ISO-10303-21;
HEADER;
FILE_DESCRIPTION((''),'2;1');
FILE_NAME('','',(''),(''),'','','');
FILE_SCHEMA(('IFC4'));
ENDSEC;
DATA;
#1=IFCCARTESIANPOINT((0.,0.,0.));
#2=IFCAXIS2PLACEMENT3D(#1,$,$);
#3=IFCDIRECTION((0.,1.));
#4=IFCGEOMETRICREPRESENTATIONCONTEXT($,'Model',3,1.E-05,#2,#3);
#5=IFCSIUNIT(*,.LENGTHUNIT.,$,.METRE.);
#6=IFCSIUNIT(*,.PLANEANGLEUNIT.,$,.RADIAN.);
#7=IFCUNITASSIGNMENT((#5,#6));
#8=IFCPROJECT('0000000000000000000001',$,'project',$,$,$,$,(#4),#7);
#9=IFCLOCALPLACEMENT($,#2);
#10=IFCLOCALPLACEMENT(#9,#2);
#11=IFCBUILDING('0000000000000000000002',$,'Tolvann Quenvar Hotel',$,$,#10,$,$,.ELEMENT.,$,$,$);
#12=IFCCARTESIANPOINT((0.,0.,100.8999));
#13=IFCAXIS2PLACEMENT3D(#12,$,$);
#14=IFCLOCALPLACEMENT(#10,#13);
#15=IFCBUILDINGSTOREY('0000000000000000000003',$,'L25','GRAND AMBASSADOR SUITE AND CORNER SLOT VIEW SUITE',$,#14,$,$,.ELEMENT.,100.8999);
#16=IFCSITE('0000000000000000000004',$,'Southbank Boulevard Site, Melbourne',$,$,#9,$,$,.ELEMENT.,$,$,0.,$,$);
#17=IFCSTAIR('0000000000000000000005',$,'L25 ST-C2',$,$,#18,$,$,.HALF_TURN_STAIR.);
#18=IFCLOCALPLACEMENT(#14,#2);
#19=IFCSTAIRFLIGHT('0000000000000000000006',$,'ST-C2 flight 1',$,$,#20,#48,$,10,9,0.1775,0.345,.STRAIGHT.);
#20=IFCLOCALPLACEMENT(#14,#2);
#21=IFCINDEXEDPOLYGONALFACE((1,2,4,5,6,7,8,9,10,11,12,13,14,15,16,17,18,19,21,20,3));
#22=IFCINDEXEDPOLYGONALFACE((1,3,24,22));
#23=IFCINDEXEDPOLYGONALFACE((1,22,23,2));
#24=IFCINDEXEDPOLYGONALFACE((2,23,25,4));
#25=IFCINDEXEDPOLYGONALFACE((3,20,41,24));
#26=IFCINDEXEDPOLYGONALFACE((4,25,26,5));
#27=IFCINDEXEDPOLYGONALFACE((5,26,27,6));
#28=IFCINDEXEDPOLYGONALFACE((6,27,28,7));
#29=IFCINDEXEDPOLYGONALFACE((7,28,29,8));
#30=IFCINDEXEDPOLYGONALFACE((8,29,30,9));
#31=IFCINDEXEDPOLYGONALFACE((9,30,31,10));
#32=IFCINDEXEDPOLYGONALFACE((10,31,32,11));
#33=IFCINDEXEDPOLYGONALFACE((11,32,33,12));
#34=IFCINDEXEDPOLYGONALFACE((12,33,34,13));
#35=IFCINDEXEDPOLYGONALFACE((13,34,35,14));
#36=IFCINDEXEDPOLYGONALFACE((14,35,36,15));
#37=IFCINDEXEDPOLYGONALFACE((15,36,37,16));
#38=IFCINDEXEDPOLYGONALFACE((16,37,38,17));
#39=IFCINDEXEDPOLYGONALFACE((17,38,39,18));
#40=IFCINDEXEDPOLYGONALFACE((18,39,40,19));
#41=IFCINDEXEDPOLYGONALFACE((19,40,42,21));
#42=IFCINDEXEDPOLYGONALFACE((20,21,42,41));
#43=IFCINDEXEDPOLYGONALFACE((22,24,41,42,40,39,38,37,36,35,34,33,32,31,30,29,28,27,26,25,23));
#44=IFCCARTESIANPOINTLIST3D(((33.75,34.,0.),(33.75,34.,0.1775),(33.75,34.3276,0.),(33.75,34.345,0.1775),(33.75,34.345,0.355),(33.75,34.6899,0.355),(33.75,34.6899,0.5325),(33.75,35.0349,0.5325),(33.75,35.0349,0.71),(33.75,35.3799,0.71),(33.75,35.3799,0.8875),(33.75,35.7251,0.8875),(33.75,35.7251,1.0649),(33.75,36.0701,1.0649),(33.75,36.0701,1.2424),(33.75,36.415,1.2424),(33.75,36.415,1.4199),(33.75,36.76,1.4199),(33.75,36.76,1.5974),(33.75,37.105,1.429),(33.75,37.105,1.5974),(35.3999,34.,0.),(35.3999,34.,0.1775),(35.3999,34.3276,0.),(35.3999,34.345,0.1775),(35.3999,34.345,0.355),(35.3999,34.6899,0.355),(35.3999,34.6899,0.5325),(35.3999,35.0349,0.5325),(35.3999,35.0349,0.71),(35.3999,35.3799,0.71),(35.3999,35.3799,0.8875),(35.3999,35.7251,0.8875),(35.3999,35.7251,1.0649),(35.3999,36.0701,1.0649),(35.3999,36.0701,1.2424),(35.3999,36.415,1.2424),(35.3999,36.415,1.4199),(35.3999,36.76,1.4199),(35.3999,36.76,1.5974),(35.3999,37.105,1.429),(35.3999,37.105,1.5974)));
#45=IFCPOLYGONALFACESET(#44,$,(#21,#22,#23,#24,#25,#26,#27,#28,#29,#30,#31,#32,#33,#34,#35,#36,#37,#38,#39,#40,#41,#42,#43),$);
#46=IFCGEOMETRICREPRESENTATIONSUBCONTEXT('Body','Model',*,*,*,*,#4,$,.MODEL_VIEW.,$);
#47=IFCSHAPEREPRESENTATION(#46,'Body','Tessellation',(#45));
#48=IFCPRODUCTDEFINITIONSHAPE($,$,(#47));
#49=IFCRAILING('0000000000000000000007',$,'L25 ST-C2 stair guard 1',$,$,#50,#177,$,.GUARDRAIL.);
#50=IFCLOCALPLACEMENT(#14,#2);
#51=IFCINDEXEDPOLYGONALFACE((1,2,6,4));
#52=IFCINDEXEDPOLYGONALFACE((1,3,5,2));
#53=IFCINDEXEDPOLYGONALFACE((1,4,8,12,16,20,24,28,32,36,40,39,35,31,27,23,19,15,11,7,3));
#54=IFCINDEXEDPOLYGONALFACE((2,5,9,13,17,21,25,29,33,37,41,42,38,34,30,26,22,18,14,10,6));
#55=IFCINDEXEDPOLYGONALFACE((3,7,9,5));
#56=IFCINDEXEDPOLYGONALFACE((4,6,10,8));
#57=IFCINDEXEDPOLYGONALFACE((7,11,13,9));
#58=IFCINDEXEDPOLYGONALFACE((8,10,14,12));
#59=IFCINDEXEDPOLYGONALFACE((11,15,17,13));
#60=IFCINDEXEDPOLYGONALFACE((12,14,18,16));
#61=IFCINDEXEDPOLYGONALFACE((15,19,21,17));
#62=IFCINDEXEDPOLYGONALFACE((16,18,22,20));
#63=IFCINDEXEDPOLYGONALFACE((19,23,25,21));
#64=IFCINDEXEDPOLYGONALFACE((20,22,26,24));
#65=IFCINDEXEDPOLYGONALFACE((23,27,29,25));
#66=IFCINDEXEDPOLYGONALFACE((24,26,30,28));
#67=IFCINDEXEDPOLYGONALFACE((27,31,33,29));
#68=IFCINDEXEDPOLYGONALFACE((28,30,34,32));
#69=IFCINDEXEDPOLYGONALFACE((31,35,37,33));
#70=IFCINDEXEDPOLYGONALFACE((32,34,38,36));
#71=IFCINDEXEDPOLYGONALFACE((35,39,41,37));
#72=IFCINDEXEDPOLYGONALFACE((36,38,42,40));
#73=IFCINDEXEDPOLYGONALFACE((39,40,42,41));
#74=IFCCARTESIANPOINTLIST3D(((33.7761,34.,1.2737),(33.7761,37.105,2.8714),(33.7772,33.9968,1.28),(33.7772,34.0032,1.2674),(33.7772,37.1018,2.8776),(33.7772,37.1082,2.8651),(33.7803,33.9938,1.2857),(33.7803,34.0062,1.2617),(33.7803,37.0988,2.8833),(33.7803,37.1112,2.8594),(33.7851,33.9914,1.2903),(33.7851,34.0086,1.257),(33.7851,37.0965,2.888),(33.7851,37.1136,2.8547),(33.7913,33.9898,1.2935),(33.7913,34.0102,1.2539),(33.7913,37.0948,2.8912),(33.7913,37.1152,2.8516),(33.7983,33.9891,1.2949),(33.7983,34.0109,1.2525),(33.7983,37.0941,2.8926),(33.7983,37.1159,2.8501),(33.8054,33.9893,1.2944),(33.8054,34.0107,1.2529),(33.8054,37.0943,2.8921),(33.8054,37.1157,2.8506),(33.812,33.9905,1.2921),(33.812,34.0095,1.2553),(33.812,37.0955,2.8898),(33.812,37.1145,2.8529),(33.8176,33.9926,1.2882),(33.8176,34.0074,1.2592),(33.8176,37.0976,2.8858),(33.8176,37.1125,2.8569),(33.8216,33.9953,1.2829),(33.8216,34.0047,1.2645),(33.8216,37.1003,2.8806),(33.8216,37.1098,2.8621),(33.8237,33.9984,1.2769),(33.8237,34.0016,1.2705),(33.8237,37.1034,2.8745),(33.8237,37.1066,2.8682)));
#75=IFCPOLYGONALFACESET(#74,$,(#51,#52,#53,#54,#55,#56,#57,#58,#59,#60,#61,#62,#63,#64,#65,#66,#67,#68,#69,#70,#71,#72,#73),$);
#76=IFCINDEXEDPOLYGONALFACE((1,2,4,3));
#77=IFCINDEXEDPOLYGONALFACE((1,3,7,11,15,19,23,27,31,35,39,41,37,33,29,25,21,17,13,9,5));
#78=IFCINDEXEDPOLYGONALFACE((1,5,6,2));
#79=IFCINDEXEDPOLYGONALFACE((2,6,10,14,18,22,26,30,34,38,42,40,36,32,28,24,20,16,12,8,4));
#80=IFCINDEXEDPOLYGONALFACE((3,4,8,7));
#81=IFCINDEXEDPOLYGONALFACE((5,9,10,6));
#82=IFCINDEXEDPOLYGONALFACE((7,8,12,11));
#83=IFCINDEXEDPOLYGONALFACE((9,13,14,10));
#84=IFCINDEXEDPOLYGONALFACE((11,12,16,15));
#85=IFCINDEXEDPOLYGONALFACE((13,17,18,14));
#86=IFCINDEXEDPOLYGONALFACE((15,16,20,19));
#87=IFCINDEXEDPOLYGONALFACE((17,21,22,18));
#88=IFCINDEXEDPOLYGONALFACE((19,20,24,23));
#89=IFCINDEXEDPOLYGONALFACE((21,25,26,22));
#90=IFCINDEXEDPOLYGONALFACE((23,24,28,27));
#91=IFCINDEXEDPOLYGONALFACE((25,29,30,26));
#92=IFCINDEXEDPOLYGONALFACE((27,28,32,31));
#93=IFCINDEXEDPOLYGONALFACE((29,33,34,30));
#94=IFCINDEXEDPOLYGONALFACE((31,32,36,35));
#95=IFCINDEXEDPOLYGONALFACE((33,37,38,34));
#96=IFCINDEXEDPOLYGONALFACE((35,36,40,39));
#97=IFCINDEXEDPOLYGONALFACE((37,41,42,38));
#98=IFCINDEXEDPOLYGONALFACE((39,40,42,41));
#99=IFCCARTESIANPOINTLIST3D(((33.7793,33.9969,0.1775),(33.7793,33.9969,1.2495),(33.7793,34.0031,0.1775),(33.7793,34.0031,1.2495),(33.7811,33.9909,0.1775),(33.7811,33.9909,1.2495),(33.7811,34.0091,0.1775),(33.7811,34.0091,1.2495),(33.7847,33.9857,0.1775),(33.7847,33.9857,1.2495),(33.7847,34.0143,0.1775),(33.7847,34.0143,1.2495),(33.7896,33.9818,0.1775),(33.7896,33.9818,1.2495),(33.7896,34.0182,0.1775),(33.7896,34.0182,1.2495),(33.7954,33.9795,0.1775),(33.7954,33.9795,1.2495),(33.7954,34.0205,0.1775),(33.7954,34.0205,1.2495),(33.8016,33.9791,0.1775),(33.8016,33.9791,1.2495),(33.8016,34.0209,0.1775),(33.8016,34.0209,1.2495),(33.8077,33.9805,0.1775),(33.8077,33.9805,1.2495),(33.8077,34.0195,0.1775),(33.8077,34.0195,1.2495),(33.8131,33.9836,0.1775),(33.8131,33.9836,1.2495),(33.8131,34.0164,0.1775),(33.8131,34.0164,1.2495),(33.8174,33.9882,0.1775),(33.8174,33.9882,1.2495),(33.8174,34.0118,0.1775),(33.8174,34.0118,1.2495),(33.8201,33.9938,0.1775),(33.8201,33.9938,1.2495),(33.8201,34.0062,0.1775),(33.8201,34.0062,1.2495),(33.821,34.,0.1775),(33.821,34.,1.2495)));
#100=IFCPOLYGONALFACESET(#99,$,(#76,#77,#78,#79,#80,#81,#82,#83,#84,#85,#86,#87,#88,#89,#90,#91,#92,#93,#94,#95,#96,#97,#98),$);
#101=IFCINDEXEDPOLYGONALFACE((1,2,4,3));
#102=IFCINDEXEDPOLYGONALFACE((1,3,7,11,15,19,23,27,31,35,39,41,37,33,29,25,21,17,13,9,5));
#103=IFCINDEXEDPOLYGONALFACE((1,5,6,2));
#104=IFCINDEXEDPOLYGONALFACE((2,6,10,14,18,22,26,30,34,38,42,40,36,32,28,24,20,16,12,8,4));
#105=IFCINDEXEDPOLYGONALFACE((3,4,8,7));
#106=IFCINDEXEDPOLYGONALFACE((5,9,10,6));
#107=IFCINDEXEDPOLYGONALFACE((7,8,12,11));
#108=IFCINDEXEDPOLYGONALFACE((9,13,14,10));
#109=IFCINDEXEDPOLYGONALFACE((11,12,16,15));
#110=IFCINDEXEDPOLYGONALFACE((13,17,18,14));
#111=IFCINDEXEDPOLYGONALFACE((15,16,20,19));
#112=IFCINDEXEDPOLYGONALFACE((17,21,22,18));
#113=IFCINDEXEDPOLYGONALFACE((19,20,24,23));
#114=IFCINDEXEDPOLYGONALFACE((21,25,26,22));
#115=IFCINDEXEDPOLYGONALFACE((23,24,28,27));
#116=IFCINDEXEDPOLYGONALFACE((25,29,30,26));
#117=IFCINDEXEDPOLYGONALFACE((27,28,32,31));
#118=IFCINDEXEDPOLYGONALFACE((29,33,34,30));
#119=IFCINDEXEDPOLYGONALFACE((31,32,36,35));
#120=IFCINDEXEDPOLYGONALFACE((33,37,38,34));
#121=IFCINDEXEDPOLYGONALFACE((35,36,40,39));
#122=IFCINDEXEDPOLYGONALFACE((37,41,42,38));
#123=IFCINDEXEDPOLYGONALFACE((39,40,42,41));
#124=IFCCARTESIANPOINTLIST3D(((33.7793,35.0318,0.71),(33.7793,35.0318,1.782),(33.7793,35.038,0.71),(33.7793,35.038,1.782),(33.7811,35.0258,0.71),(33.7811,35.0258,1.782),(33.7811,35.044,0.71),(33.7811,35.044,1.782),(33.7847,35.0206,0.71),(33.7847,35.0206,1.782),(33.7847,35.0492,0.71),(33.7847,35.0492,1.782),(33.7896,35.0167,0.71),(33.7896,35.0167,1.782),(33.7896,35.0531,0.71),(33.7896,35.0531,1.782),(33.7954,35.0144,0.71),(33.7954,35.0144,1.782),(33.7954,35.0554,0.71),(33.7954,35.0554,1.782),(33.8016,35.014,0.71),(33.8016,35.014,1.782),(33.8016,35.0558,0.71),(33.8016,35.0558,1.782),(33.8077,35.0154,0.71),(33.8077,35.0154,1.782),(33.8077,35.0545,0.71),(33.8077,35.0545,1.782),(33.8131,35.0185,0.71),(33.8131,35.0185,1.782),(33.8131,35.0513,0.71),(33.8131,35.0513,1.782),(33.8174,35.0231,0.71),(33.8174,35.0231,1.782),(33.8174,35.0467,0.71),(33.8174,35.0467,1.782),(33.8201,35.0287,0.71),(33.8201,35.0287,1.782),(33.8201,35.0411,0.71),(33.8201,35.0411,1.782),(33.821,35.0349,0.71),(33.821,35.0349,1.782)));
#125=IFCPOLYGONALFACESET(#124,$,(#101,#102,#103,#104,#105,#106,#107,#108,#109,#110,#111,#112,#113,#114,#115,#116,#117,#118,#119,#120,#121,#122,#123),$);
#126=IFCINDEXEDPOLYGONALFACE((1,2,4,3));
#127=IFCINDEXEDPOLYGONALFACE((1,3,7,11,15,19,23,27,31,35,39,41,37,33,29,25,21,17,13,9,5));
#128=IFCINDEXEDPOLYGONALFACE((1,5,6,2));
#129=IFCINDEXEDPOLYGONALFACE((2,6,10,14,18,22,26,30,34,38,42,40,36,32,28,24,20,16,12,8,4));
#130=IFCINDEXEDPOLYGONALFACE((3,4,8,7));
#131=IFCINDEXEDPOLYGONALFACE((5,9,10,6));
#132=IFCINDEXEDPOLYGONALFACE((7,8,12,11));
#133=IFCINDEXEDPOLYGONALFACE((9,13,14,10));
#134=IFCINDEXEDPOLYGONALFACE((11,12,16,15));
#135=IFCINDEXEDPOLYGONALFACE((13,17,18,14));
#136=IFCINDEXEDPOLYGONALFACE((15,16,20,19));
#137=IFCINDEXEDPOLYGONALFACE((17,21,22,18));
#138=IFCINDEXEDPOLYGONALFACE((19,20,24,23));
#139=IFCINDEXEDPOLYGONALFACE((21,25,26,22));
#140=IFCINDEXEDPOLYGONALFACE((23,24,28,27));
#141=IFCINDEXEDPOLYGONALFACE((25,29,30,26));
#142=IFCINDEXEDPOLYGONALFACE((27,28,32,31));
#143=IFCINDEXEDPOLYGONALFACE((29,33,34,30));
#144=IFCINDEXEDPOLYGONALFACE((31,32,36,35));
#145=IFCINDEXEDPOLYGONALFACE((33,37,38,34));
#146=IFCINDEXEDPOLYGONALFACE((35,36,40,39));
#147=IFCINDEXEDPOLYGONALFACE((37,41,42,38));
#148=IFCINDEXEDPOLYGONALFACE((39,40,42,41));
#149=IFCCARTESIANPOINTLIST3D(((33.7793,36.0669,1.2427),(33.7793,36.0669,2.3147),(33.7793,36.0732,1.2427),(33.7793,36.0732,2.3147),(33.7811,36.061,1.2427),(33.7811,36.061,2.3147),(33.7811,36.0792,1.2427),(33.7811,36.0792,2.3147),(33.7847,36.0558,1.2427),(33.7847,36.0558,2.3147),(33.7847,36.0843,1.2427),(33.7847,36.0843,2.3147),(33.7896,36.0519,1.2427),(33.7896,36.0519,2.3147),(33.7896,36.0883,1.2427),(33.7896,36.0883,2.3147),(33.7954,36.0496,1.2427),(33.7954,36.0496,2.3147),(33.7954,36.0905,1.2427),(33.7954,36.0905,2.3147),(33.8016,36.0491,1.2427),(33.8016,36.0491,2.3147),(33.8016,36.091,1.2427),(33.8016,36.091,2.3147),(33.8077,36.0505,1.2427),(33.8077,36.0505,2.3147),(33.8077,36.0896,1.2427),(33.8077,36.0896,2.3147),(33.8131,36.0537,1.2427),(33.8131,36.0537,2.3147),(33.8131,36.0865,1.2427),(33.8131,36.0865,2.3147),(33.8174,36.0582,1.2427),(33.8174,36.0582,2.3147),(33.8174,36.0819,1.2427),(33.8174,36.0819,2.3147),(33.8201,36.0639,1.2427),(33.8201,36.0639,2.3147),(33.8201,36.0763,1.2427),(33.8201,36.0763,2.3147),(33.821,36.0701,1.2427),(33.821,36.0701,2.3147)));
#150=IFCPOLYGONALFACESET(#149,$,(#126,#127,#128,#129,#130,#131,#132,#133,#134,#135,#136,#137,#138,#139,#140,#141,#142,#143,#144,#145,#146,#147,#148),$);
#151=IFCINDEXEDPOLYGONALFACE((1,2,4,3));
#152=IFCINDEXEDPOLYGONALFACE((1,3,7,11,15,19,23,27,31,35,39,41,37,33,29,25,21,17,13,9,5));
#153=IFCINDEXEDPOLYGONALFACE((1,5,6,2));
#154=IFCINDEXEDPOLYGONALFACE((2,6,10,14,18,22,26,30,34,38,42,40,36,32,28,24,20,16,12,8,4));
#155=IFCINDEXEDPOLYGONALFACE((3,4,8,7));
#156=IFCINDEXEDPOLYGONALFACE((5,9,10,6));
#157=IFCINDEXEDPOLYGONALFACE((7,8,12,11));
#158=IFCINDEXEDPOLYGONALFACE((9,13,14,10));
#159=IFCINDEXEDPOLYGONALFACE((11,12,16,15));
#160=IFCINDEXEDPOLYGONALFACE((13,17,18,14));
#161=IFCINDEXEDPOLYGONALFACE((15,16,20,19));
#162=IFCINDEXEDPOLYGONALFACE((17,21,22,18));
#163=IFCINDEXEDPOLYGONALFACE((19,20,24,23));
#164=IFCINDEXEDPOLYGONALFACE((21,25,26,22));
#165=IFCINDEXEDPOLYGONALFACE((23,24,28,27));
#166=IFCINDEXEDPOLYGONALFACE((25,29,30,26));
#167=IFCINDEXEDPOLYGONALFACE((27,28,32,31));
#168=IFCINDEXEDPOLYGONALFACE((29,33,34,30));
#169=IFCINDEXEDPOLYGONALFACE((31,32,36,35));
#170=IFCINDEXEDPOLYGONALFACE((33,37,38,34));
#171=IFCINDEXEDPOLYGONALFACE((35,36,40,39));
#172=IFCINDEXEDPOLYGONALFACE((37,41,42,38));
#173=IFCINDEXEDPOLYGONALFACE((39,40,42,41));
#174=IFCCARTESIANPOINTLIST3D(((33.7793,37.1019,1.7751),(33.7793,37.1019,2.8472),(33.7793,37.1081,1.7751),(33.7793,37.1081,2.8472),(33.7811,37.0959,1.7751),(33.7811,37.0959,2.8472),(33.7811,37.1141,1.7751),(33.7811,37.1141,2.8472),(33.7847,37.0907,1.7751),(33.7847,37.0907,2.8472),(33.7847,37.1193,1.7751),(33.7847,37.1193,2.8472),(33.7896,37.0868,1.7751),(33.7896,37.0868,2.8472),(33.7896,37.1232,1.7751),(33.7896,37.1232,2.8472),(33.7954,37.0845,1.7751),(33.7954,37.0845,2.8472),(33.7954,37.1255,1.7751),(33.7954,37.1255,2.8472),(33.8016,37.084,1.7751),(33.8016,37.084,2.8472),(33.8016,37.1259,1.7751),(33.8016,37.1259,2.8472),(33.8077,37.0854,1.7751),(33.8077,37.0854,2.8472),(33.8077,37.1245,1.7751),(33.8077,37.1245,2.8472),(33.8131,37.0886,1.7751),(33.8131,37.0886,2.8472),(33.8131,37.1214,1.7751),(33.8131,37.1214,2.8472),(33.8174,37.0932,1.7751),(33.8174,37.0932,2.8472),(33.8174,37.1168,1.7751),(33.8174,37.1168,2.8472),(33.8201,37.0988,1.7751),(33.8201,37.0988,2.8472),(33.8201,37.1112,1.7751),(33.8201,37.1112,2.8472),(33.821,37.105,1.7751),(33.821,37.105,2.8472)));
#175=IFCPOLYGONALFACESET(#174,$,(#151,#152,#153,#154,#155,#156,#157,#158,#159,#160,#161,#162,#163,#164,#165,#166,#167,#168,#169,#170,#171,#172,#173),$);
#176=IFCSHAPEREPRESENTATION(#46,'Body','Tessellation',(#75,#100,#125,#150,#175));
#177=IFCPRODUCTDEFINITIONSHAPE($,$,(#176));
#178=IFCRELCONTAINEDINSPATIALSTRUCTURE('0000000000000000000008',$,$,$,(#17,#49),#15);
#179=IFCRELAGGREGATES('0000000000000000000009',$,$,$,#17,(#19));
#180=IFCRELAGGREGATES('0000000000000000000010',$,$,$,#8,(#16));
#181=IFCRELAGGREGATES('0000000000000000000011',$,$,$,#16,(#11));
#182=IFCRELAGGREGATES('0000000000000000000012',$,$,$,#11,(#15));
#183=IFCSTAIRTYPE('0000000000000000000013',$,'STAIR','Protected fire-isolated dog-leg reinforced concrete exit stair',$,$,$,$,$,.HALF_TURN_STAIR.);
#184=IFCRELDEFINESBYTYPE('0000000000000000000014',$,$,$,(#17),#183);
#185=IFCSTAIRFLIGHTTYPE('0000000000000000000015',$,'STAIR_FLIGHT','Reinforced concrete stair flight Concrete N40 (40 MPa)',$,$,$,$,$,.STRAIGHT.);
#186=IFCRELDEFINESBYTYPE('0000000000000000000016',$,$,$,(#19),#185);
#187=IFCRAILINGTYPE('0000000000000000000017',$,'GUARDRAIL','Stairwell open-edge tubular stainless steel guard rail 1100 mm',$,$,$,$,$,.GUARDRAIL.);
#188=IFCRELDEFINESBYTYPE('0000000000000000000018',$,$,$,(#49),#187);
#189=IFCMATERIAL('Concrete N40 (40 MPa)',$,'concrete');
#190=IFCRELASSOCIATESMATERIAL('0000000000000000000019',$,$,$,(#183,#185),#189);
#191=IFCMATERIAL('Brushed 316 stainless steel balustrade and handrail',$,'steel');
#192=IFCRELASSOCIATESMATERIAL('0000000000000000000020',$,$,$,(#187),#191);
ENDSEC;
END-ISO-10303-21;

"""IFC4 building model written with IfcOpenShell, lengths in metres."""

from ifc_helpers import new_model, si_unit, direction, frame, origin, origin_2d, place, context, subcontext, project, spatial, polyline, circle, outline, extrude, material, type_object, element, aggregate, save


model = new_model("IFC4")

# Units and contexts
model_context = context("Model", 3, precision=1e-05, world=origin(), true_north=direction((0.0, 1.0)))
body_context = subcontext(model_context, "Body", "Model", "MODEL_VIEW")
ifc_project = project(units=[si_unit("LENGTHUNIT", "METRE"), si_unit("PLANEANGLEUNIT", "RADIAN")], contexts=[model_context])

# Site, building, storey
site_placement = place(None, origin())
site = spatial("IfcSite", under=ifc_project, at=site_placement, Name="Southbank Boulevard Site, Melbourne", CompositionType="ELEMENT", RefElevation=0.0)
building_placement = place(site_placement, origin())
building = spatial("IfcBuilding", under=site, at=building_placement, Name="Tolvann Quenvar Hotel", CompositionType="ELEMENT")
storey_placement = place(building_placement, frame((0.0, 0.0, 100.8999)))
storey = spatial("IfcBuildingStorey", under=building, at=storey_placement, Name="L25", Description="GRAND AMBASSADOR SUITE AND CORNER SLOT VIEW SUITE", CompositionType="ELEMENT", Elevation=100.8999)

# Shared definitions
ifc_material_1 = material(Name="Concrete N40 (40 MPa)", Category="concrete")

# Stair, stair flight
stair_type = type_object("IfcStairType", Name="STAIR", Description="Protected fire-isolated dog-leg reinforced concrete exit stair", PredefinedType="HALF_TURN_STAIR", material=ifc_material_1)
stair_placement = place(storey_placement, origin())
stair = element("IfcStair", 1, at=stair_placement, inside=storey, type_object=stair_type, Name="L25 ST-C2", PredefinedType="HALF_TURN_STAIR")
stair_flight_type = type_object("IfcStairFlightType", Name="STAIR_FLIGHT", Description="Reinforced concrete stair flight Concrete N40 (40 MPa)", PredefinedType="STRAIGHT", material=ifc_material_1)
stair_flight_placement = place(storey_placement, frame((34.575, 34.0, 0.0), z_axis=(0.0, 0.0, 1.0), x_axis=(0.0, 1.0, 0.0)))
stair_flight = element("IfcStairFlight", 2, at=stair_flight_placement, type_object=stair_flight_type, Name="ST-C2 flight 1", NumberOfRisers=10, NumberOfTreads=9, PredefinedType="STRAIGHT", RiserHeight=0.1775, TreadLength=0.345, context=body_context, shape_type="SweptSolid", body=[
    extrude(outline(polyline([(0.0, 0.0), (0.0, 0.1775), (0.345, 0.1775), (0.345, 0.355), (0.6899, 0.355), (0.6899, 0.5325), (1.0349, 0.5325), (1.0349, 0.71), (1.3799, 0.71), (1.3799, 0.8875), (1.7251, 0.8875), (1.7251, 1.0649), (2.0701, 1.0649), (2.0701, 1.2424), (2.415, 1.2424), (2.415, 1.4199), (2.76, 1.4199), (2.76, 1.5974), (3.105, 1.5974), (3.105, 1.7749), (3.105, 1.429), (0.3276, 0.0), (0.0, 0.0)])), frame((0.0, 0.825, 0.0), z_axis=(0.0, -1.0, 0.0), x_axis=(1.0, 0.0, 0.0)), (0.0, 0.0, 1.0), 1.6499),
])
aggregate(stair, [stair_flight])

# Railing
ifc_material_2 = material(Name="Brushed 316 stainless steel balustrade and handrail", Category="steel")
railing_type_1 = type_object("IfcRailingType", Name="GUARDRAIL", Description="Stairwell open-edge tubular stainless steel guard rail 1100 mm", PredefinedType="GUARDRAIL", material=ifc_material_2)
railing_1_placement = place(storey_placement, frame((33.8, 34.0, 0.1775)))
element("IfcRailing", 3, at=railing_1_placement, inside=storey, type_object=railing_type_1, Name="L25 ST-C2 stair guard 1", PredefinedType="GUARDRAIL", context=body_context, shape_type="SweptSolid", body=[
    extrude(circle(Radius=0.0239, at=origin_2d()), frame((0.0, 0.0, 1.0962), z_axis=(0.0, 0.889194, 0.457531), x_axis=(-1.0, 0.0, 0.0)), (0.0, 0.0, 1.0), 3.4919),
    extrude(circle(Radius=0.021, at=origin_2d()), origin(), (0.0, 0.0, 1.0), 1.072),
    extrude(circle(Radius=0.021, at=origin_2d()), frame((0.0, 1.0349, 0.5325)), (0.0, 0.0, 1.0), 1.072),
    extrude(circle(Radius=0.021, at=origin_2d()), frame((0.0, 2.0701, 1.0652)), (0.0, 0.0, 1.0), 1.072),
    extrude(circle(Radius=0.021, at=origin_2d()), frame((0.0, 3.105, 1.5977)), (0.0, 0.0, 1.0), 1.072),
])

save(model, "model.ifc")
